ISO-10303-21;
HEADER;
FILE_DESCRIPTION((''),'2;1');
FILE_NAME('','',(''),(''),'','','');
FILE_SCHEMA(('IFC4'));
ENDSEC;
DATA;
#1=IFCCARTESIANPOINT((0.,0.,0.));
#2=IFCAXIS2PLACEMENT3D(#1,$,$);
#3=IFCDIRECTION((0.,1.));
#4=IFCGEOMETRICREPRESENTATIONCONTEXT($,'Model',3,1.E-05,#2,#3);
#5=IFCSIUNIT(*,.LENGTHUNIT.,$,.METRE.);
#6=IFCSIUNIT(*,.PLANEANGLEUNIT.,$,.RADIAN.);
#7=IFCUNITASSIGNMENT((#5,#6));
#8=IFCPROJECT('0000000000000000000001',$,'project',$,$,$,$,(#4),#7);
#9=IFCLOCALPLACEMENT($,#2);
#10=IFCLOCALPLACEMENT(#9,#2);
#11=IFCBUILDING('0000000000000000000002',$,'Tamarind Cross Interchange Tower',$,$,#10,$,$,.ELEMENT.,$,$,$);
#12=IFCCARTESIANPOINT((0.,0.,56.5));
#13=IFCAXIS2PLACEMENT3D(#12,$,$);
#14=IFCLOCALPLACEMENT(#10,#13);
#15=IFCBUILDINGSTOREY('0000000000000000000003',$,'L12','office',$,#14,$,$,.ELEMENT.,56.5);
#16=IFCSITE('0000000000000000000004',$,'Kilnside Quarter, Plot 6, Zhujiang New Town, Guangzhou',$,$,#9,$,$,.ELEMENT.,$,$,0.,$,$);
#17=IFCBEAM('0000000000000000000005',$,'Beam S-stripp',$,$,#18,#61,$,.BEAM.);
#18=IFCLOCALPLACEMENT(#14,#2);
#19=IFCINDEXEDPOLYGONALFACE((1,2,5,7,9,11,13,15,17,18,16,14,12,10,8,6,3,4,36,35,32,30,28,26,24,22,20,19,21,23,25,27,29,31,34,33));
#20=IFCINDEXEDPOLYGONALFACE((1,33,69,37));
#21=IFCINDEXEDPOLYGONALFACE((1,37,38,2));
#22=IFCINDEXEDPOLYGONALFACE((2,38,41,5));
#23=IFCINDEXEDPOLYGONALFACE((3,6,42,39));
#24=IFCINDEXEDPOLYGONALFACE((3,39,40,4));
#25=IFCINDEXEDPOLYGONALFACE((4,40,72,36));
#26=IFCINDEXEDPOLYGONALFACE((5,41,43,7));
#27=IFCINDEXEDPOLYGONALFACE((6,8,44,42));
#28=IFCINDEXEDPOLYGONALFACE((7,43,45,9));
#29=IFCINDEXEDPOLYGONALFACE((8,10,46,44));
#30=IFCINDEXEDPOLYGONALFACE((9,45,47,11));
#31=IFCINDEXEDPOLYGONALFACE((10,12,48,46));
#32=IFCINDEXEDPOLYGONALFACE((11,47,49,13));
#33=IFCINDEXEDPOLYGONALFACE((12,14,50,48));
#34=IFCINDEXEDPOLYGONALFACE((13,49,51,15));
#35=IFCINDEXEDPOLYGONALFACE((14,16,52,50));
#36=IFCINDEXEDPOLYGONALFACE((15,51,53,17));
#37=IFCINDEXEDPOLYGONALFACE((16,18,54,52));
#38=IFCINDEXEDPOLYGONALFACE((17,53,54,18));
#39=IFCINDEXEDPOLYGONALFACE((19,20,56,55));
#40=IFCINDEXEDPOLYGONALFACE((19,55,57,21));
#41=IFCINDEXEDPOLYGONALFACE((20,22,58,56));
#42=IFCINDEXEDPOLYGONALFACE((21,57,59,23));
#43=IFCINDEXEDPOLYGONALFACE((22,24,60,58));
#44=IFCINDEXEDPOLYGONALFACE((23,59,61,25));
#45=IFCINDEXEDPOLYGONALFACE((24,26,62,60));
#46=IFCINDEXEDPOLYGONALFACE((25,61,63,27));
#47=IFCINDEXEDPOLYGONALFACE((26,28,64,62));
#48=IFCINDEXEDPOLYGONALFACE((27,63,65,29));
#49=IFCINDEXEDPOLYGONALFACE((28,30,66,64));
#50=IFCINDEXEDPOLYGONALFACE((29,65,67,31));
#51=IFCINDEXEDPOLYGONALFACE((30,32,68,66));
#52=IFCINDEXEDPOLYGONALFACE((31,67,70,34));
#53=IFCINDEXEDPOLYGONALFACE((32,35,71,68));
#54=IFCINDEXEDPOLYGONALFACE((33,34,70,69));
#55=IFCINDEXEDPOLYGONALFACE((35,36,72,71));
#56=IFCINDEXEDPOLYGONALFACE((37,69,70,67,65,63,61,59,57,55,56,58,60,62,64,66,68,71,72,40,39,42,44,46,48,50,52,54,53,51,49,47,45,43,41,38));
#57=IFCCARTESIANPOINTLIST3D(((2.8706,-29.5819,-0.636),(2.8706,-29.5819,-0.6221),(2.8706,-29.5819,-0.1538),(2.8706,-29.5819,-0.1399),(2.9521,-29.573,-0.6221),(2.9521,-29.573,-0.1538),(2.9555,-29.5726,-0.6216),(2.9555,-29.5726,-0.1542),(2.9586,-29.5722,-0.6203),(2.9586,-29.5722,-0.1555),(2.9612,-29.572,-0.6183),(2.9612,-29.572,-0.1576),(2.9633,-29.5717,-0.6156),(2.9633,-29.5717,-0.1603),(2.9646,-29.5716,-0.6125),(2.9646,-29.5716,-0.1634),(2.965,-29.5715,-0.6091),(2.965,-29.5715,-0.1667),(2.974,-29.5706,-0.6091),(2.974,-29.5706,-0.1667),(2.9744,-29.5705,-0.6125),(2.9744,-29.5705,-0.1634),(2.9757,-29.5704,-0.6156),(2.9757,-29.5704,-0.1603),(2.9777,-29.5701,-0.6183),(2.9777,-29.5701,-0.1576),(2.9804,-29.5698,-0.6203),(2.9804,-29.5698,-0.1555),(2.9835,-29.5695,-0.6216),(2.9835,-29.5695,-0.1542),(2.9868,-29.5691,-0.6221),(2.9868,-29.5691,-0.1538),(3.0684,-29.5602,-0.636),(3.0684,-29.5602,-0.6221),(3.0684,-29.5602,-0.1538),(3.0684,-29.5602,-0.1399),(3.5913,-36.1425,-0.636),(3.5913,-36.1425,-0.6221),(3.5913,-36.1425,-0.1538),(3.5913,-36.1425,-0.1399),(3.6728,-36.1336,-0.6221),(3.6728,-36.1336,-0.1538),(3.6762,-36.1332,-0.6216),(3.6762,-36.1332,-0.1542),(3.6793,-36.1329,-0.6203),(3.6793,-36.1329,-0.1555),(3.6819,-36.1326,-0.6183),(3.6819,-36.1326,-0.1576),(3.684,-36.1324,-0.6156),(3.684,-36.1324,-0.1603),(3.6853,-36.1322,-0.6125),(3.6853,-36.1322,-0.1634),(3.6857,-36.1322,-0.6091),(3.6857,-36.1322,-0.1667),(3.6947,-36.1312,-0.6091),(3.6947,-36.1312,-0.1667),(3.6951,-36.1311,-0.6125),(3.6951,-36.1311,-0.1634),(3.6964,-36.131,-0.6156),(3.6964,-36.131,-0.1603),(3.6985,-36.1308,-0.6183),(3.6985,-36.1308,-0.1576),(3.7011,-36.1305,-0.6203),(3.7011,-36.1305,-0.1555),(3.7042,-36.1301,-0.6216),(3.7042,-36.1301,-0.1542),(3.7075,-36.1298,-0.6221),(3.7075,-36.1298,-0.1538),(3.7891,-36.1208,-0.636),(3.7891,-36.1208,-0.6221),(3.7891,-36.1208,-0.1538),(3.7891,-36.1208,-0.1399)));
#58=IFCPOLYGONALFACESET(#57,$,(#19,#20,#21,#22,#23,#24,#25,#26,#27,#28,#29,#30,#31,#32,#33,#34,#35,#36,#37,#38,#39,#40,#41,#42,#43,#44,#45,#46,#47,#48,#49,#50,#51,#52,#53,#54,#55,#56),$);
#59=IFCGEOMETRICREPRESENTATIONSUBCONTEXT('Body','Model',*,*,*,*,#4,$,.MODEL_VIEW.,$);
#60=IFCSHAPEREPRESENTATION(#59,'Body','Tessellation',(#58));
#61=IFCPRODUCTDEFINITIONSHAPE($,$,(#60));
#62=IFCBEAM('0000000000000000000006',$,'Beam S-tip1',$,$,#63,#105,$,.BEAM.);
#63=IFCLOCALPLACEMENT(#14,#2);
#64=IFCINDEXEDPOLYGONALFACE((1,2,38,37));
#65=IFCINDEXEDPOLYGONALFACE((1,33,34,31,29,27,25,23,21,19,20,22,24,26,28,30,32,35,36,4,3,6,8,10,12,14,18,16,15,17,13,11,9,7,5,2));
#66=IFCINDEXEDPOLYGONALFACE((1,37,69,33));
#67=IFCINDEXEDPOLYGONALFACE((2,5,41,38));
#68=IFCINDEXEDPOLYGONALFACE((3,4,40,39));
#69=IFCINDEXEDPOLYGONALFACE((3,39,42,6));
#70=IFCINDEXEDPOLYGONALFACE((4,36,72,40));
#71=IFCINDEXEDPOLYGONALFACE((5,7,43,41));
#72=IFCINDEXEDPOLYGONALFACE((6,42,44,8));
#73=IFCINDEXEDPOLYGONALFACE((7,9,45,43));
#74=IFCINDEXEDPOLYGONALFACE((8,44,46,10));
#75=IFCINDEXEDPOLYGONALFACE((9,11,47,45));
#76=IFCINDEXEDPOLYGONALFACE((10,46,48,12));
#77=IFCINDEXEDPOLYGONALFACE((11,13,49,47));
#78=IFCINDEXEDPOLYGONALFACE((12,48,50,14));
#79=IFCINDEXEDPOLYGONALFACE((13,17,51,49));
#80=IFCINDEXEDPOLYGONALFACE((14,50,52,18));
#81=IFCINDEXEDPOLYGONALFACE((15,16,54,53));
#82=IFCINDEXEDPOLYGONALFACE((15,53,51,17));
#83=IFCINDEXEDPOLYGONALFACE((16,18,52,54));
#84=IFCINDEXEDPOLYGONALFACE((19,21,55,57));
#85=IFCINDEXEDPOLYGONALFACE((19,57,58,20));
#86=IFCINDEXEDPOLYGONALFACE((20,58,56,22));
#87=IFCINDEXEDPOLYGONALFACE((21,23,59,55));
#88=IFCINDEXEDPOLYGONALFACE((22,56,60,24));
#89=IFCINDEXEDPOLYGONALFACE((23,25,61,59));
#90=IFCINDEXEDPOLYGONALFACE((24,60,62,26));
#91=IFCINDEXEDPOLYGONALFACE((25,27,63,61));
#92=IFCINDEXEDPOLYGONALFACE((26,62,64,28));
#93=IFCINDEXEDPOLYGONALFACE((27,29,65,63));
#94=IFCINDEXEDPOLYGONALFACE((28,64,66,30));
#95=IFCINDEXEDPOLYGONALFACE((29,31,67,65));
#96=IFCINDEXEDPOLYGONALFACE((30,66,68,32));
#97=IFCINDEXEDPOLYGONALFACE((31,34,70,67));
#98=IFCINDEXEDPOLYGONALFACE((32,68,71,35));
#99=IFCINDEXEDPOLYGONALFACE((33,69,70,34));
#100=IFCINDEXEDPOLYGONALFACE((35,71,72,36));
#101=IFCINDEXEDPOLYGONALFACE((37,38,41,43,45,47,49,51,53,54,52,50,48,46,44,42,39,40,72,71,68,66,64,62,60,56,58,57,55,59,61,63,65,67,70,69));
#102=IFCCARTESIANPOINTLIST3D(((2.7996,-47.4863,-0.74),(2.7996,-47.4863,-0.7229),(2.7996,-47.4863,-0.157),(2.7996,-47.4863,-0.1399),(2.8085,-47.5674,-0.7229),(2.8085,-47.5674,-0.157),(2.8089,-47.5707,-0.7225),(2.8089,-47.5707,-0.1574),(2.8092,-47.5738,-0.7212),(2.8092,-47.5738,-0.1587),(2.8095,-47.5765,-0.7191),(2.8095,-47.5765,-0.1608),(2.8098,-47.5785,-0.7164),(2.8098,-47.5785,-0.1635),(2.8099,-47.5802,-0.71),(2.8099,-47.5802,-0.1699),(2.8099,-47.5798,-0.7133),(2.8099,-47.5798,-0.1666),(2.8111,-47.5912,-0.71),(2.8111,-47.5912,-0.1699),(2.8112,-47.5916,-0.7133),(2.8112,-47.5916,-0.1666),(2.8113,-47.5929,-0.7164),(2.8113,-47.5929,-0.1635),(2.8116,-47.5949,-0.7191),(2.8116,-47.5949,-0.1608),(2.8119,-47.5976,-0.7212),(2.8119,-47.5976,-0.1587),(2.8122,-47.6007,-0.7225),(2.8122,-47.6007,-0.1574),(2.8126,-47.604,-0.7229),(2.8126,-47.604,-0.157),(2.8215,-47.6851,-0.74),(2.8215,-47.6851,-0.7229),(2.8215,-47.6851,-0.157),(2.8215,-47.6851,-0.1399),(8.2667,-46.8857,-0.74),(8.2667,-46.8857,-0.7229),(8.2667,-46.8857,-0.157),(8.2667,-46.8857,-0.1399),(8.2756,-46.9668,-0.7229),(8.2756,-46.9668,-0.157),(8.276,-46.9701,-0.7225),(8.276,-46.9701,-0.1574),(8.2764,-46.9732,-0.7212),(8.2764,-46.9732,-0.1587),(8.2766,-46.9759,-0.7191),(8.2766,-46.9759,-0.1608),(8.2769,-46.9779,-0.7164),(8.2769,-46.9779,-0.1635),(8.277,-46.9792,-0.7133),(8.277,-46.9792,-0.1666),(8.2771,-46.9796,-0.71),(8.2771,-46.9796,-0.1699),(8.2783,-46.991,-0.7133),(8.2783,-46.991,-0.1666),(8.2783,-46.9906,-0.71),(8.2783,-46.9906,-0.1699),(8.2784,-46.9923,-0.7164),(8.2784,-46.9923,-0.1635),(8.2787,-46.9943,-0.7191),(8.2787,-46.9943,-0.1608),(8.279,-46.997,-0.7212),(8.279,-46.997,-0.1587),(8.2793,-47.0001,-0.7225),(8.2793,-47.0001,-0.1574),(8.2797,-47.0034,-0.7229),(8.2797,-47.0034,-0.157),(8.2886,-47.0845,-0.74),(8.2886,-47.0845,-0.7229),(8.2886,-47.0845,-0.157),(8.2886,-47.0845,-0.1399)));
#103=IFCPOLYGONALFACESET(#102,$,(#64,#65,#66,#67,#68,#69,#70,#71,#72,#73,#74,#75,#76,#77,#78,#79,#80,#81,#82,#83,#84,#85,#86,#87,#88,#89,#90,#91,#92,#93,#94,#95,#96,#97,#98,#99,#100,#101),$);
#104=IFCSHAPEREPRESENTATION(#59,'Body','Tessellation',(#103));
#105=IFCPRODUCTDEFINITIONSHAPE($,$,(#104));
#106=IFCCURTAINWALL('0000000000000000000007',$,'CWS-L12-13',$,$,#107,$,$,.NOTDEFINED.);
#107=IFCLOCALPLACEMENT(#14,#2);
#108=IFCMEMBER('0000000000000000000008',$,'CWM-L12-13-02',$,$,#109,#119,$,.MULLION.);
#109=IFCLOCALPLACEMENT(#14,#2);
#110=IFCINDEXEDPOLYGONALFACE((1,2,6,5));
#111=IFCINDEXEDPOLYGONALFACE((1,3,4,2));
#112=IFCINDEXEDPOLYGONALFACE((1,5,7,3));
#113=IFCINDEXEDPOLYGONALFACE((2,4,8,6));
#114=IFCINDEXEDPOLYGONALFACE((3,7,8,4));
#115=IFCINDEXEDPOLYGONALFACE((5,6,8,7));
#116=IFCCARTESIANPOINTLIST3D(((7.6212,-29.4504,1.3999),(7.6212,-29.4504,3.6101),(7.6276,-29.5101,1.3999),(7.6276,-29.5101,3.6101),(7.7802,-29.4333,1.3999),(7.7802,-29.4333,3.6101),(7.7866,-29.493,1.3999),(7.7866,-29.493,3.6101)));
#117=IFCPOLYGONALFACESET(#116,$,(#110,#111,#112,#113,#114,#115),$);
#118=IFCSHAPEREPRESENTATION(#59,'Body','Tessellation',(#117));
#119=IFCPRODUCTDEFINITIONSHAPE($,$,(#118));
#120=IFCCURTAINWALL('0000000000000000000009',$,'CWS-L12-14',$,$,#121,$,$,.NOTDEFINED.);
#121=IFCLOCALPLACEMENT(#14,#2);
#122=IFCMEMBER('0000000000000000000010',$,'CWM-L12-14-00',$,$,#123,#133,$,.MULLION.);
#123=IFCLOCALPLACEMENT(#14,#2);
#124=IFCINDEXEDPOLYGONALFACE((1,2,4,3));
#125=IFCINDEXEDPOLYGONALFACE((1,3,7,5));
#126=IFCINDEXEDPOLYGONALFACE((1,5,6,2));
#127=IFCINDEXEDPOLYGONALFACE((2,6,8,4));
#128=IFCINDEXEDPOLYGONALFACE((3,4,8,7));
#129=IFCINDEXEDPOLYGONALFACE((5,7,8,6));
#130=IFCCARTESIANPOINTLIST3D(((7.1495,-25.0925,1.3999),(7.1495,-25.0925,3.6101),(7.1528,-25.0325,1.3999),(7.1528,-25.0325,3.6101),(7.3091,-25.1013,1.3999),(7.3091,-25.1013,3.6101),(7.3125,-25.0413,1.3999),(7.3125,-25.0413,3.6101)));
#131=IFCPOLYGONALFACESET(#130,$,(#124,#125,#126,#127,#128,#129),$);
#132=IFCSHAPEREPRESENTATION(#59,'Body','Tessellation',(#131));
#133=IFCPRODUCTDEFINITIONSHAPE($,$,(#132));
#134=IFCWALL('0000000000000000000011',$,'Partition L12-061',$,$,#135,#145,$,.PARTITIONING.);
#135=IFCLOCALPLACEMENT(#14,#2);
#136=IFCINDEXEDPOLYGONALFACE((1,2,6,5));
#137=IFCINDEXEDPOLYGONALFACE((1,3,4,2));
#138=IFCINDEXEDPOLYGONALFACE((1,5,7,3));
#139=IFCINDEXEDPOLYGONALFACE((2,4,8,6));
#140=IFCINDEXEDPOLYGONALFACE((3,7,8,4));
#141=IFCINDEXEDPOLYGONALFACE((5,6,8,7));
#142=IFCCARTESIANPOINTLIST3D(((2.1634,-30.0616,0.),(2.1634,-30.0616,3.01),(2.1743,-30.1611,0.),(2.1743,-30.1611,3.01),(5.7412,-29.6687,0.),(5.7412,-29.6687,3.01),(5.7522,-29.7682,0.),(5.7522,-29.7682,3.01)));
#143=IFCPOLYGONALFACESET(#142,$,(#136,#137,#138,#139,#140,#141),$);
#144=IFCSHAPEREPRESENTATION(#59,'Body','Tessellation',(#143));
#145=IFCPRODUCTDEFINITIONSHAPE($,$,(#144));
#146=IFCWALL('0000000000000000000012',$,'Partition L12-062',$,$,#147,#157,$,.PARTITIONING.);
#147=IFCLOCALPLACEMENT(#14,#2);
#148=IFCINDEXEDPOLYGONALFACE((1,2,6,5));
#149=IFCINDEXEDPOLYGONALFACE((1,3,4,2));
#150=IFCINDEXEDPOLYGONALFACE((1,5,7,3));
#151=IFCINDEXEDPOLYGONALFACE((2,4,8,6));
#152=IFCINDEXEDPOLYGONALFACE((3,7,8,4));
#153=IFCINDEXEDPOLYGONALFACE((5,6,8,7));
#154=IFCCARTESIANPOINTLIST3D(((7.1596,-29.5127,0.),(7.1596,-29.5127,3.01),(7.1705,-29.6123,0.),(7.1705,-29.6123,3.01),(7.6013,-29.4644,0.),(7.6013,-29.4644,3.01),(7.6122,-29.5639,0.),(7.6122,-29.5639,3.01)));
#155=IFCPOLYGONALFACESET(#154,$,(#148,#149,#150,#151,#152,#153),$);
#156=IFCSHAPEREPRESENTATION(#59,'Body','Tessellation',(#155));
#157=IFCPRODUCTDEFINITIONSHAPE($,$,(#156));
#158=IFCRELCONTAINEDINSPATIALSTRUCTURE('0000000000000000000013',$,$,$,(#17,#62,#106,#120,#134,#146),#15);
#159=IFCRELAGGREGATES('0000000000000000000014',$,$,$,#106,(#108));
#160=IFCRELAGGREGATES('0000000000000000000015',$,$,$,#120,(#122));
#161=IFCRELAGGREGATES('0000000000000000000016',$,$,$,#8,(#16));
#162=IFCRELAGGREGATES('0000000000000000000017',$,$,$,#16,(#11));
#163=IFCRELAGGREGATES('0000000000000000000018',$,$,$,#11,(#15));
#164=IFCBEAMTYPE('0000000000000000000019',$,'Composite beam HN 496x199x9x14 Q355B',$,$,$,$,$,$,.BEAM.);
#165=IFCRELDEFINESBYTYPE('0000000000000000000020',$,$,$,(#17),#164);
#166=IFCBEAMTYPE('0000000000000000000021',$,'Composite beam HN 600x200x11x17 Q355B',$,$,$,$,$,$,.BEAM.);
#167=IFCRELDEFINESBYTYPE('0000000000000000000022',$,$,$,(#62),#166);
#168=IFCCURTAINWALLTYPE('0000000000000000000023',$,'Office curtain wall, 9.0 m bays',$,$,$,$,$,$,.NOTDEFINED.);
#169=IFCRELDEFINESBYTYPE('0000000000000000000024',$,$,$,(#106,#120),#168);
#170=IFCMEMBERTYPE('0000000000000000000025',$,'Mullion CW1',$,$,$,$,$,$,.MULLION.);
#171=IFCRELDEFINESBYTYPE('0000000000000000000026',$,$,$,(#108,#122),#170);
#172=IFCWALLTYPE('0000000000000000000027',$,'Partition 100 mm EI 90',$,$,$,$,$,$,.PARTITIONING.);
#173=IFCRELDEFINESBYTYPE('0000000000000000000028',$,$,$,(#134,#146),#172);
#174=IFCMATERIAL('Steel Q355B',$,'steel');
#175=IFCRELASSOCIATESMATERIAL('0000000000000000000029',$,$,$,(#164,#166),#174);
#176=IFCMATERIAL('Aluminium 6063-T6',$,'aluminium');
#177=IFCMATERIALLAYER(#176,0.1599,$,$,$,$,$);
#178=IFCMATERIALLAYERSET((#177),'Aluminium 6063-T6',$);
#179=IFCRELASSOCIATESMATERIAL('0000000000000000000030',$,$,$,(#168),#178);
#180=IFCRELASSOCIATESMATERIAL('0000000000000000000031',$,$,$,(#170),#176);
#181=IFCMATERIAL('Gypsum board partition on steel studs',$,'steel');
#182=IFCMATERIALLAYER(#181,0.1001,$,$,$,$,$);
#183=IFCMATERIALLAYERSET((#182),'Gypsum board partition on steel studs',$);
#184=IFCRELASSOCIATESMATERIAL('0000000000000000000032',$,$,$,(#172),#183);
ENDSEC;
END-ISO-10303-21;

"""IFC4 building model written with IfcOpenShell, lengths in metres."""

from ifc_helpers import new_model, si_unit, direction, frame, frame_2d, origin, origin_2d, place, context, subcontext, project, spatial, rectangle, i_section, extrude, material, layer, layer_set, material_profile, profile_set, type_object, element, aggregate, save


model = new_model("IFC4")

# Units and contexts
model_context = context("Model", 3, precision=1e-05, world=origin(), true_north=direction((0.0, 1.0)))
body_context = subcontext(model_context, "Body", "Model", "MODEL_VIEW")
ifc_project = project(units=[si_unit("LENGTHUNIT", "METRE"), si_unit("PLANEANGLEUNIT", "RADIAN")], contexts=[model_context])

# Site, building, storey
site_placement = place(None, origin())
site = spatial("IfcSite", under=ifc_project, at=site_placement, Name="Kilnside Quarter, Plot 6, Zhujiang New Town, Guangzhou", CompositionType="ELEMENT", RefElevation=0.0)
building_placement = place(site_placement, origin())
building = spatial("IfcBuilding", under=site, at=building_placement, Name="Tamarind Cross Interchange Tower", CompositionType="ELEMENT")
storey_placement = place(building_placement, frame((0.0, 0.0, 56.5)))
storey = spatial("IfcBuildingStorey", under=building, at=storey_placement, Name="L12", Description="office", CompositionType="ELEMENT", Elevation=56.5)

# Beams
ifc_material_1 = material(Name="Steel Q355B", Category="steel")
ifc_material_profile_1 = material_profile(ifc_material_1, i_section(OverallWidth=0.199, OverallDepth=0.4961, WebThickness=0.009, FlangeThickness=0.0139, FilletRadius=0.0129, at=origin_2d()), Name="HN 496x199x9x14")
ifc_profile_set_1 = profile_set([ifc_material_profile_1], Name="Steel Q355B")
beam_type_1 = type_object("IfcBeamType", Name="Composite beam HN 496x199x9x14 Q355B", PredefinedType="BEAM", material=ifc_profile_set_1)
beam_1_placement = place(storey_placement, frame((2.9695, -29.571, -0.3879), z_axis=(0.109197, -0.99402, 0.0), x_axis=(0.99402, 0.109197, 0.0)))
element("IfcBeam", 1, at=beam_1_placement, inside=storey, type_object=beam_type_1, Name="Beam S-stripp", PredefinedType="BEAM", context=body_context, shape_type="SweptSolid", body=[
    extrude(i_section(OverallWidth=0.199, OverallDepth=0.4961, WebThickness=0.009, FlangeThickness=0.0139, FilletRadius=0.0129, at=origin_2d()), origin(), (0.0, 0.0, 1.0), 6.6001),
])
ifc_material_profile_2 = material_profile(ifc_material_1, i_section(OverallWidth=0.2, OverallDepth=0.6001, WebThickness=0.011, FlangeThickness=0.0171, FilletRadius=0.0129, at=origin_2d()), Name="HN 600x200x11x17")
ifc_profile_set_2 = profile_set([ifc_material_profile_2], Name="Steel Q355B")
beam_type_2 = type_object("IfcBeamType", Name="Composite beam HN 600x200x11x17 Q355B", PredefinedType="BEAM", material=ifc_profile_set_2)
beam_2_placement = place(storey_placement, frame((2.8105, -47.5857, -0.4399), z_axis=(0.99402, 0.109199, 0.0), x_axis=(-0.109199, 0.99402, 0.0)))
element("IfcBeam", 2, at=beam_2_placement, inside=storey, type_object=beam_type_2, Name="Beam S-tip1", PredefinedType="BEAM", context=body_context, shape_type="SweptSolid", body=[
    extrude(i_section(OverallWidth=0.2, OverallDepth=0.6001, WebThickness=0.011, FlangeThickness=0.0171, FilletRadius=0.0129, at=origin_2d()), origin(), (0.0, 0.0, 1.0), 5.5),
])

# Curtain walls, members
ifc_material_2 = material(Name="Aluminium 6063-T6", Category="aluminium")
ifc_layer_1 = layer(ifc_material_2, 0.1599)
ifc_layer_set_1 = layer_set([ifc_layer_1], Name="Aluminium 6063-T6")
curtain_wall_type = type_object("IfcCurtainWallType", Name="Office curtain wall, 9.0 m bays", PredefinedType="NOTDEFINED", material=ifc_layer_set_1)
curtain_wall_1_placement = place(storey_placement, origin())
curtain_wall_1 = element("IfcCurtainWall", 3, at=curtain_wall_1_placement, inside=storey, type_object=curtain_wall_type, Name="CWS-L12-13", PredefinedType="NOTDEFINED")
ifc_material_profile_3 = material_profile(ifc_material_2, rectangle(XDim=0.0601, YDim=0.1599, at=origin_2d()), Name="Mullion CW1")
ifc_profile_set_3 = profile_set([ifc_material_profile_3], Name="Aluminium 6063-T6")
member_type = type_object("IfcMemberType", Name="Mullion CW1", PredefinedType="MULLION", material=ifc_profile_set_3)
member_1_placement = place(storey_placement, frame((7.7039, -29.4717, 1.3999), z_axis=(0.0, 0.0, 1.0), x_axis=(-0.106744, 0.994287, 0.0)))
member_1 = element("IfcMember", 4, at=member_1_placement, type_object=member_type, Name="CWM-L12-13-02", PredefinedType="MULLION", context=body_context, shape_type="SweptSolid", body=[
    extrude(rectangle(XDim=0.0601, YDim=0.1599, at=origin_2d()), origin(), (0.0, 0.0, 1.0), 2.2102),
])
aggregate(curtain_wall_1, [member_1])
curtain_wall_2_placement = place(storey_placement, origin())
curtain_wall_2 = element("IfcCurtainWall", 5, at=curtain_wall_2_placement, inside=storey, type_object=curtain_wall_type, Name="CWS-L12-14", PredefinedType="NOTDEFINED")
member_2_placement = place(storey_placement, frame((7.231, -25.0669, 1.3999), z_axis=(0.0, 0.0, 1.0), x_axis=(0.055315, 0.998469, 0.0)))
member_2 = element("IfcMember", 6, at=member_2_placement, type_object=member_type, Name="CWM-L12-14-00", PredefinedType="MULLION", context=body_context, shape_type="SweptSolid", body=[
    extrude(rectangle(XDim=0.0601, YDim=0.1599, at=origin_2d()), origin(), (0.0, 0.0, 1.0), 2.2102),
])
aggregate(curtain_wall_2, [member_2])

# Walls
ifc_material_3 = material(Name="Gypsum board partition on steel studs", Category="steel")
ifc_layer_2 = layer(ifc_material_3, 0.1001)
ifc_layer_set_2 = layer_set([ifc_layer_2], Name="Gypsum board partition on steel studs")
wall_type_1 = type_object("IfcWallType", Name="Partition 100 mm EI 90", PredefinedType="PARTITIONING", material=ifc_layer_set_2)
wall_1_placement = place(storey_placement, frame((2.1687, -30.1113, 0.0), z_axis=(0.0, 0.0, 1.0), x_axis=(0.994027, 0.109136, 0.0)))
element("IfcWall", 7, at=wall_1_placement, inside=storey, type_object=wall_type_1, Name="Partition L12-061", PredefinedType="PARTITIONING", context=body_context, shape_type="SweptSolid", body=[
    extrude(rectangle(XDim=3.5994, YDim=0.1001, at=frame_2d((1.7998, 0.0))), origin(), (0.0, 0.0, 1.0), 3.01),
])
wall_2_placement = place(storey_placement, frame((7.165, -29.5625, 0.0), z_axis=(0.0, 0.0, 1.0), x_axis=(0.994063, 0.108803, 0.0)))
element("IfcWall", 8, at=wall_2_placement, inside=storey, type_object=wall_type_1, Name="Partition L12-062", PredefinedType="PARTITIONING", context=body_context, shape_type="SweptSolid", body=[
    extrude(rectangle(XDim=0.4443, YDim=0.1001, at=frame_2d((0.2222, 0.0))), origin(), (0.0, 0.0, 1.0), 3.01),
])

save(model, "model.ifc")
